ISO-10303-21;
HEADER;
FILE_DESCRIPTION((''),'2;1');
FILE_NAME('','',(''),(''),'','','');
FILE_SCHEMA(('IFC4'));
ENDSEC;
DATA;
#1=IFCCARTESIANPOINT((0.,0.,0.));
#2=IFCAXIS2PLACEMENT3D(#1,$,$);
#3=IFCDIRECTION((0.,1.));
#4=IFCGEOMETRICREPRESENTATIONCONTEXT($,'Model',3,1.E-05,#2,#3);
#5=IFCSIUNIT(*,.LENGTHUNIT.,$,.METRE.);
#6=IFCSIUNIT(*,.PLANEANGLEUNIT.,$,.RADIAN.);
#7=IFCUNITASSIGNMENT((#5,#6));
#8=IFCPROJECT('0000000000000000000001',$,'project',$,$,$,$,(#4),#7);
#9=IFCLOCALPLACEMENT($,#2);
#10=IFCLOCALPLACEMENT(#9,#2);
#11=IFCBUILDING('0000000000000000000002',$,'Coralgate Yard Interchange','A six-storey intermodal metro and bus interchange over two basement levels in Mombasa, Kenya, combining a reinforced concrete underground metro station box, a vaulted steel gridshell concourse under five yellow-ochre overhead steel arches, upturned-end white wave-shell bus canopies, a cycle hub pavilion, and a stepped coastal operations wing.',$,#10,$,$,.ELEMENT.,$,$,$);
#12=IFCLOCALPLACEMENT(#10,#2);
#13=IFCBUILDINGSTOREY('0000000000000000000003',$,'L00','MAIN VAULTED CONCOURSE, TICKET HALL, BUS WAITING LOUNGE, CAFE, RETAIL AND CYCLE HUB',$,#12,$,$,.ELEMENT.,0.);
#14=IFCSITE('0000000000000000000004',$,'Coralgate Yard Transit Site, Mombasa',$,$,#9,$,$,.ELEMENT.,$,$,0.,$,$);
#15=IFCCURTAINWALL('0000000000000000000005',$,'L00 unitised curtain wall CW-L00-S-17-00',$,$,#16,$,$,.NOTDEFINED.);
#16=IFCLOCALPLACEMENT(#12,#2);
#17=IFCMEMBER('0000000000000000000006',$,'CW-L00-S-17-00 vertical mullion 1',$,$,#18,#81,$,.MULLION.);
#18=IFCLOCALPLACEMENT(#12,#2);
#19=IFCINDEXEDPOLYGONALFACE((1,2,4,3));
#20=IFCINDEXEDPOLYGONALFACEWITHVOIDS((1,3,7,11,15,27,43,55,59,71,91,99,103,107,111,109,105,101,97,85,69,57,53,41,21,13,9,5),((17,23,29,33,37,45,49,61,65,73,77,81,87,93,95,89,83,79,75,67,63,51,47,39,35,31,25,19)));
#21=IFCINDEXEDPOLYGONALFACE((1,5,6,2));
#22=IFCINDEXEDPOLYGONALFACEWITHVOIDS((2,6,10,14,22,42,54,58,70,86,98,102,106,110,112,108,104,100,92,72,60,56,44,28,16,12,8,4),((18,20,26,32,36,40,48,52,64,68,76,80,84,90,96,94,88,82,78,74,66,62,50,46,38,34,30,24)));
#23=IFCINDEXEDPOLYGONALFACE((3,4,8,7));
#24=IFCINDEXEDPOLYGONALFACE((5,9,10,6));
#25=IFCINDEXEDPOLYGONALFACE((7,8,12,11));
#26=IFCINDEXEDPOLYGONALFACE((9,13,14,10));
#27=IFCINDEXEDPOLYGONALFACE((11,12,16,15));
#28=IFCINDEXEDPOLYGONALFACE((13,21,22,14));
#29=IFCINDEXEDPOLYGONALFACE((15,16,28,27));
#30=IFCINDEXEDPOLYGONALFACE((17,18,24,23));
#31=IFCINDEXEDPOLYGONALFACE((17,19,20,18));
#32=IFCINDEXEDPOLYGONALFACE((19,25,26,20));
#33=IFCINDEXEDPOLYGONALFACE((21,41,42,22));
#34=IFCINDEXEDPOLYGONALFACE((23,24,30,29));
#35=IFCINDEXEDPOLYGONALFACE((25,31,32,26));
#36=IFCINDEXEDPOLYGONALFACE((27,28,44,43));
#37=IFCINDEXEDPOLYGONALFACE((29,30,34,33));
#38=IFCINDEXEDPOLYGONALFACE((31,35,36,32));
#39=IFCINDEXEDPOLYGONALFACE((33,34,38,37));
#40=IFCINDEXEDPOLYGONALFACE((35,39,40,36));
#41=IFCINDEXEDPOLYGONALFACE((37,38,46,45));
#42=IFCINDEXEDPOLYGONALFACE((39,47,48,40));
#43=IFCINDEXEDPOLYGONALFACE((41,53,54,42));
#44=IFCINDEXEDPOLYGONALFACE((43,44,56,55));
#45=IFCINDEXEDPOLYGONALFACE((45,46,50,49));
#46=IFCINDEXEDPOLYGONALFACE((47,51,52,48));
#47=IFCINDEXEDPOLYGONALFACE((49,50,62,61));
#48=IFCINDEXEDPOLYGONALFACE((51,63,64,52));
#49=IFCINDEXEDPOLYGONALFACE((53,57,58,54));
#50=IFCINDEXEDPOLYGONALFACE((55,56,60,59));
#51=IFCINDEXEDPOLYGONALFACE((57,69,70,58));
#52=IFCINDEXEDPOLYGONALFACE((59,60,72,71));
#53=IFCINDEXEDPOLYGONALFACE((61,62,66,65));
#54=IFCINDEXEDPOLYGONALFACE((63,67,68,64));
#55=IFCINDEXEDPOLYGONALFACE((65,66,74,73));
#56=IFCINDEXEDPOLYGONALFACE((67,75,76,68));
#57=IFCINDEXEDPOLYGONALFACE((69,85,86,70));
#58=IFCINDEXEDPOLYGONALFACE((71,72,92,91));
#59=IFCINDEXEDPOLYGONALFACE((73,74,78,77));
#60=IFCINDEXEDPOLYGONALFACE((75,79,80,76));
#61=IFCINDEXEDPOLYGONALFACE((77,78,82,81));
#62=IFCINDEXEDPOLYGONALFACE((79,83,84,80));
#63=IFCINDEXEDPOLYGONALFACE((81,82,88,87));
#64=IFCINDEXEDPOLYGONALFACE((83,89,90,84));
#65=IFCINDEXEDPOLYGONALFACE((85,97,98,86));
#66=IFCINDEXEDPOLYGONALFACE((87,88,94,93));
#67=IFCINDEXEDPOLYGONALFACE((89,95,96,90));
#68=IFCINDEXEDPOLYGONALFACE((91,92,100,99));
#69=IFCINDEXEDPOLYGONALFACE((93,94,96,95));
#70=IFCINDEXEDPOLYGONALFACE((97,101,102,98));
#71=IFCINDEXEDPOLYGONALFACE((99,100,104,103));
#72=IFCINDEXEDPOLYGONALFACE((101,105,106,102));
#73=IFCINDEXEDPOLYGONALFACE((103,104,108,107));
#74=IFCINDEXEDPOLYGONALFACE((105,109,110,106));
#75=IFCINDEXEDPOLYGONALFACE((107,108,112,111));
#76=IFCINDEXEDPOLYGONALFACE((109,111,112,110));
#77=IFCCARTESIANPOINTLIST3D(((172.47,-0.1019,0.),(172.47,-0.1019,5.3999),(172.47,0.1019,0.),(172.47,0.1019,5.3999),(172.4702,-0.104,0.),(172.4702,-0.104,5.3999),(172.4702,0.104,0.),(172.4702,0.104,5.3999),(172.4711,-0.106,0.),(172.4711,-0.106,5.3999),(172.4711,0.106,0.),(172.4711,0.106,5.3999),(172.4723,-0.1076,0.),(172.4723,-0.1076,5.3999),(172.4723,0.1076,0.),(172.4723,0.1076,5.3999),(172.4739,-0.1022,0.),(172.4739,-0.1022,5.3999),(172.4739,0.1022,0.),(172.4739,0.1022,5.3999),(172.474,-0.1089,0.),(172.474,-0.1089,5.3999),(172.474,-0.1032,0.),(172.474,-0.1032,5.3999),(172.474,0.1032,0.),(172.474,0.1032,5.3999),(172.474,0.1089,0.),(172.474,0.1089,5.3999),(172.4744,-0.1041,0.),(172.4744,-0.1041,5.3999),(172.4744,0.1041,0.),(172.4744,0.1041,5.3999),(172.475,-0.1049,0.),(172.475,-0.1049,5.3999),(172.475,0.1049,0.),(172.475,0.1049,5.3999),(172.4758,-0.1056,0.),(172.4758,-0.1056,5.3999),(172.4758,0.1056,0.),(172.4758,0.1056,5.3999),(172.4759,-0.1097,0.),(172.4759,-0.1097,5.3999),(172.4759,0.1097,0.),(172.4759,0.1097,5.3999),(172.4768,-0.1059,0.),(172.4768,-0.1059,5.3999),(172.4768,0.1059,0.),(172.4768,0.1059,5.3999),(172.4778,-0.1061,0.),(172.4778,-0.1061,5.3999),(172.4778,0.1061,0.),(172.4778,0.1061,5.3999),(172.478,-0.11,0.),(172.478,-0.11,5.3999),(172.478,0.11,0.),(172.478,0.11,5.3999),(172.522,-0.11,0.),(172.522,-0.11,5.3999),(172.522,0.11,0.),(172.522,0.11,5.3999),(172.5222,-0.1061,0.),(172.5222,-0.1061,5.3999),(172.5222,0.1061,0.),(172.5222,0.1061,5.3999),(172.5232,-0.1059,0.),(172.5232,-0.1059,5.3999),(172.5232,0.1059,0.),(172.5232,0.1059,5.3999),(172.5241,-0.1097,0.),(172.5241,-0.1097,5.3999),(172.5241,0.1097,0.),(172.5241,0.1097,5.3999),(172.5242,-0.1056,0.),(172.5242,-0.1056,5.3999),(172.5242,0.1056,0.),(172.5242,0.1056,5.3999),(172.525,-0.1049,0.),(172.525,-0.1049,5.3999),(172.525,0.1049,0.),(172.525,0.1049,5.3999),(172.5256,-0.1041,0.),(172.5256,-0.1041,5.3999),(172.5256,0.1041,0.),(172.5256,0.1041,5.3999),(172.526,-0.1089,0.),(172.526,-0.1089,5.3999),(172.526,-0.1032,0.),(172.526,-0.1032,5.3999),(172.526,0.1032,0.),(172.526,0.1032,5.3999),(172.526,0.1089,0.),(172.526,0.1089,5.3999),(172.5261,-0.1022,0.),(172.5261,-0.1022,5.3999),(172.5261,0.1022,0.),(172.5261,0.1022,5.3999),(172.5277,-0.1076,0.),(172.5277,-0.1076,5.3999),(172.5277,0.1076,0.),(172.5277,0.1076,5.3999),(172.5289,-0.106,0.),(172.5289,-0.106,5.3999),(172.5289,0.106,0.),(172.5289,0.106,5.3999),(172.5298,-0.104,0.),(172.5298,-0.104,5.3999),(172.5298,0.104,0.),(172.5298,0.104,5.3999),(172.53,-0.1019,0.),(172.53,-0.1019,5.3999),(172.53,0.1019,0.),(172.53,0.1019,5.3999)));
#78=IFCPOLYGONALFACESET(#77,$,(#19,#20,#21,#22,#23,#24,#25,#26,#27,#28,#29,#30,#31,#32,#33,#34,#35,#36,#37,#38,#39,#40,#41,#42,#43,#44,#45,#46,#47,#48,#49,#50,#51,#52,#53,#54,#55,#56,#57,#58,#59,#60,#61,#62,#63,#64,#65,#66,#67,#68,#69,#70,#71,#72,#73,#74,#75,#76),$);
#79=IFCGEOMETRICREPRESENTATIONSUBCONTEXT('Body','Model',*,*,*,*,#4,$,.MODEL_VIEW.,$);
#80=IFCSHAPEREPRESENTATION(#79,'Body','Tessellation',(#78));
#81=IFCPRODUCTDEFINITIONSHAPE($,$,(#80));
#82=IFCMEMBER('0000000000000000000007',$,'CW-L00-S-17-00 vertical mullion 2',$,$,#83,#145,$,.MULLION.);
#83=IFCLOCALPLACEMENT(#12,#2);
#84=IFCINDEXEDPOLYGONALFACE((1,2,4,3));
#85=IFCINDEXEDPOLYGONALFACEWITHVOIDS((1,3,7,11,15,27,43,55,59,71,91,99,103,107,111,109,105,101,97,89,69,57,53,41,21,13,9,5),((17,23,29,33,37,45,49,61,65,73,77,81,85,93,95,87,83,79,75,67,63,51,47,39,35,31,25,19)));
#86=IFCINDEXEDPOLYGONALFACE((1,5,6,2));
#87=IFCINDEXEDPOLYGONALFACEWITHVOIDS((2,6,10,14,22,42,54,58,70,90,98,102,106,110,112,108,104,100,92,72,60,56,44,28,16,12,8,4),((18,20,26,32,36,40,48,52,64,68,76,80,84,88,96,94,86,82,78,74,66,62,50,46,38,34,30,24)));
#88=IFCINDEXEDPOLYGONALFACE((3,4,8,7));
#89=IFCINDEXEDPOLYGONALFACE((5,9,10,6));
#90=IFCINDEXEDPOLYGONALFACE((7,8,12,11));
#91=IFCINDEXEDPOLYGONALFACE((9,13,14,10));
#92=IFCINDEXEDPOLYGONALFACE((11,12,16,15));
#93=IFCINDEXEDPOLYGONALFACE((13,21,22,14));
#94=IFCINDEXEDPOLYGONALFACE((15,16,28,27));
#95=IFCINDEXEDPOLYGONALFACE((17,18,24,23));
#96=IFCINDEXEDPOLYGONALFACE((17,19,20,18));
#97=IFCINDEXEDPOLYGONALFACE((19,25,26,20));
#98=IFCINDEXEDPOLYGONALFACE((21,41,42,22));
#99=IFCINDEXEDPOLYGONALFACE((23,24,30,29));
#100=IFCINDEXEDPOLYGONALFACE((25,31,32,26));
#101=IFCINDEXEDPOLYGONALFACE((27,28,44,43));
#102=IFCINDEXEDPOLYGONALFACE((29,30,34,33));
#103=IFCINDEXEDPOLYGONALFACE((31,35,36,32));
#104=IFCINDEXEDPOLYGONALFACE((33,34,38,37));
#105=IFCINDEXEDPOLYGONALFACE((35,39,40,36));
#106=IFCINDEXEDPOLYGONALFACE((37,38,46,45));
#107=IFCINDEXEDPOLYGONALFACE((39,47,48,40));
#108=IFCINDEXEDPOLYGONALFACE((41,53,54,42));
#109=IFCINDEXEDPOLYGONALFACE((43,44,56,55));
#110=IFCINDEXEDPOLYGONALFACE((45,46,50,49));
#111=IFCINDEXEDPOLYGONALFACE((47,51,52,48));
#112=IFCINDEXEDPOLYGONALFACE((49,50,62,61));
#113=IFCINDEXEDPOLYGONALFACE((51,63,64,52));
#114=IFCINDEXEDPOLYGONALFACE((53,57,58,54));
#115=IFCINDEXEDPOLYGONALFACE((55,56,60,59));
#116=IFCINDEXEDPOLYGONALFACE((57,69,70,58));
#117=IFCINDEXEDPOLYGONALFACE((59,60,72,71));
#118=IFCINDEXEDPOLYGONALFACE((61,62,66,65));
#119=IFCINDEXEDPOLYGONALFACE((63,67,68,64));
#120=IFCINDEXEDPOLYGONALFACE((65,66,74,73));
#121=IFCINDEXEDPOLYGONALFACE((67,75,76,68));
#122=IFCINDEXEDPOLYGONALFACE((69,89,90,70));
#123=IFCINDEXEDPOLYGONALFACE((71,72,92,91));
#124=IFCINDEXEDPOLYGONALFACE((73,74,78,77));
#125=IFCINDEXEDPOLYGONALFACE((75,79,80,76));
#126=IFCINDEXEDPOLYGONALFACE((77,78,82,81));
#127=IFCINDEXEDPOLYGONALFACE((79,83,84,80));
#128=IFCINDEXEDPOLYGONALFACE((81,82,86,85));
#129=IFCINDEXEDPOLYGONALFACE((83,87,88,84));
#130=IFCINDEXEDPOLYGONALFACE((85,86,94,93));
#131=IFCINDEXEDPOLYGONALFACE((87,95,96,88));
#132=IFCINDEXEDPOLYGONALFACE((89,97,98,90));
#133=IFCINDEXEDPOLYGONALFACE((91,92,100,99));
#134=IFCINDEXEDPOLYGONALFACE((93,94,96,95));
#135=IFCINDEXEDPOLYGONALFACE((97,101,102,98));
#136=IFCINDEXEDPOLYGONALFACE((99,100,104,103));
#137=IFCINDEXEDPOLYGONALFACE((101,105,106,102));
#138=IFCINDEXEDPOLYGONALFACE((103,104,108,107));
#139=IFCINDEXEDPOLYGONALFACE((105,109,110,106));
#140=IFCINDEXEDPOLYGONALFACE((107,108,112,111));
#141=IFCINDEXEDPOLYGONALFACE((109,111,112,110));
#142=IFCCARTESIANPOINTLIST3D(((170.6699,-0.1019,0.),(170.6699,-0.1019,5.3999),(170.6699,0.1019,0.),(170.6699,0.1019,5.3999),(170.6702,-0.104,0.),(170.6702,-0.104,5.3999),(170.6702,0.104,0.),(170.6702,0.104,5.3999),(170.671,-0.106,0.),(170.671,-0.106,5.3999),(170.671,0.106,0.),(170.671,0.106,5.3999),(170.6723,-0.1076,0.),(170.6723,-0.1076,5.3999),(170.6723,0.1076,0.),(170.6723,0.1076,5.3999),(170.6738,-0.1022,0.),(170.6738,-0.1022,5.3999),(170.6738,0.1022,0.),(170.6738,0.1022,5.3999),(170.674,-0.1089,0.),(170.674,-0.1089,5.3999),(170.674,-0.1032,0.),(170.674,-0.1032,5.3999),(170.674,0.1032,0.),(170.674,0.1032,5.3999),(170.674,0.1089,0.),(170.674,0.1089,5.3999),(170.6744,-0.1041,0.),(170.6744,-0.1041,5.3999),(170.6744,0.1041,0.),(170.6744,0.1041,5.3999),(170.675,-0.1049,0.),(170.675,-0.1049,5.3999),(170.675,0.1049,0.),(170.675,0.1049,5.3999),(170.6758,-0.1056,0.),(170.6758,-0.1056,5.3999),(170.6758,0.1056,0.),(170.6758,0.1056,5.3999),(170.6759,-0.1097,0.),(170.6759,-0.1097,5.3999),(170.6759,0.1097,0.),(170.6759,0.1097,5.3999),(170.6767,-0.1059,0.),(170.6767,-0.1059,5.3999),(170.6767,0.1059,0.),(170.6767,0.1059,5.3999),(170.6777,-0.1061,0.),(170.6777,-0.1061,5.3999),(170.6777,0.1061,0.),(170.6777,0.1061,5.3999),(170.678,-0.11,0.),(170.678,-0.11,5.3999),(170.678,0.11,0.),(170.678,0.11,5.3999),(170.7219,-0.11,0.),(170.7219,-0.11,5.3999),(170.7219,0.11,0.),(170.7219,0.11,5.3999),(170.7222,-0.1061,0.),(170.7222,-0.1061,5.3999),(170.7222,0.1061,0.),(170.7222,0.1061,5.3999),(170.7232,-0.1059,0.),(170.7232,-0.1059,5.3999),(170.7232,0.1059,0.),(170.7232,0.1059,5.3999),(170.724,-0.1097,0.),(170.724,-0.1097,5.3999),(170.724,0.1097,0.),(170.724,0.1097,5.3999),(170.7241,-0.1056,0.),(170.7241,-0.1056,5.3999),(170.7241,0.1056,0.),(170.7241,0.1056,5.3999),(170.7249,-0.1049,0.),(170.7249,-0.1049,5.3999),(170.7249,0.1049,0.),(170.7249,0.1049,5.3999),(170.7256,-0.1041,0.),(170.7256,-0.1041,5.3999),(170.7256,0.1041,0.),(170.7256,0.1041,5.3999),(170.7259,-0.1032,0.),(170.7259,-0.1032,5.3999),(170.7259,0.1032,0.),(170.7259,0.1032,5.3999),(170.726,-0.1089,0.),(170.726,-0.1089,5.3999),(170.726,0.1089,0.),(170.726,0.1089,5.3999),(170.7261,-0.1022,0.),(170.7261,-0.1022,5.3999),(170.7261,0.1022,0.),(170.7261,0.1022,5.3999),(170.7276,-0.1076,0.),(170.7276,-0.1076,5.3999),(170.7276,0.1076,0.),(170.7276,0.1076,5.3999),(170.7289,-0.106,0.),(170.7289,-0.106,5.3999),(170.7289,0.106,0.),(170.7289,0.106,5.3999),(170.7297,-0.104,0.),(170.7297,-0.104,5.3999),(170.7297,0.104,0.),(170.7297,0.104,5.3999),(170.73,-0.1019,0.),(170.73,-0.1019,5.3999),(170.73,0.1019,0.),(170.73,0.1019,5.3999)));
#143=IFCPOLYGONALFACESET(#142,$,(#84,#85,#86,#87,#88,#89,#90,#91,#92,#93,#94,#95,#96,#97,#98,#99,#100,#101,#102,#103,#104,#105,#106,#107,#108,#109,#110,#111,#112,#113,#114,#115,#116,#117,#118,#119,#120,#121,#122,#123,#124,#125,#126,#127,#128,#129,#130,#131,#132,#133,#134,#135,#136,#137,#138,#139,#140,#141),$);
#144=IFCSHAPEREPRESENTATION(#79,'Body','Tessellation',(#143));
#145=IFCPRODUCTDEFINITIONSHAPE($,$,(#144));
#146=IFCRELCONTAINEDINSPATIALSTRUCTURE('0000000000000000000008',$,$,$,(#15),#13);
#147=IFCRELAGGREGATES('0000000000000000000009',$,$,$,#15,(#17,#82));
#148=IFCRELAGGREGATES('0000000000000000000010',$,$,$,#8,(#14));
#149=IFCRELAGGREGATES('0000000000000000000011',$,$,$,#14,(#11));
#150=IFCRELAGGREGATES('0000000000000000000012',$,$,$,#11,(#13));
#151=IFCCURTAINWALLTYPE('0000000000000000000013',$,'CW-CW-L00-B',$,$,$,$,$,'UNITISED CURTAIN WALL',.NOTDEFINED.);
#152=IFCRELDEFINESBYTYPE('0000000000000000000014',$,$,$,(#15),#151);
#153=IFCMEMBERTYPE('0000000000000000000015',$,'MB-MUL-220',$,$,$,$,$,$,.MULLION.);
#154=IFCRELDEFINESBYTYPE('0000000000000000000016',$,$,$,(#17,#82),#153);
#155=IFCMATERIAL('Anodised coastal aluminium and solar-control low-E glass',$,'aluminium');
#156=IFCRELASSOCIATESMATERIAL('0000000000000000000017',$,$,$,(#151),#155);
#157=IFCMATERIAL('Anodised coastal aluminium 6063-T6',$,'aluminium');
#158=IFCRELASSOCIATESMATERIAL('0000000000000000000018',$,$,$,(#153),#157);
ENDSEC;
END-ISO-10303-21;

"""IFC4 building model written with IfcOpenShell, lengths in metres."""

from ifc_helpers import new_model, si_unit, direction, frame, origin, origin_2d, place, context, subcontext, project, spatial, hollow_rectangle, extrude, material, material_profile, profile_set, type_object, element, aggregate, save


model = new_model("IFC4")

# Units and contexts
model_context = context("Model", 3, precision=1e-05, world=origin(), true_north=direction((0.0, 1.0)))
body_context = subcontext(model_context, "Body", "Model", "MODEL_VIEW")
ifc_project = project(units=[si_unit("LENGTHUNIT", "METRE"), si_unit("PLANEANGLEUNIT", "RADIAN")], contexts=[model_context])

# Site, building, storey
site_placement = place(None, origin())
site = spatial("IfcSite", under=ifc_project, at=site_placement, Name="Coralgate Yard Transit Site, Mombasa", CompositionType="ELEMENT", RefElevation=0.0)
building_placement = place(site_placement, origin())
building = spatial("IfcBuilding", under=site, at=building_placement, Name="Coralgate Yard Interchange", Description="A six-storey intermodal metro and bus interchange over two basement levels in Mombasa, Kenya, combining a reinforced concrete underground metro station box, a vaulted steel gridshell concourse under five yellow-ochre overhead steel arches, upturned-end white wave-shell bus canopies, a cycle hub pavilion, and a stepped coastal operations wing.", CompositionType="ELEMENT")
storey_placement = place(building_placement, origin())
storey = spatial("IfcBuildingStorey", under=building, at=storey_placement, Name="L00", Description="MAIN VAULTED CONCOURSE, TICKET HALL, BUS WAITING LOUNGE, CAFE, RETAIL AND CYCLE HUB", CompositionType="ELEMENT", Elevation=0.0)

# Curtain wall, members
ifc_material_1 = material(Name="Anodised coastal aluminium and solar-control low-E glass", Category="aluminium")
curtain_wall_type = type_object("IfcCurtainWallType", Name="CW-CW-L00-B", ElementType="UNITISED CURTAIN WALL", PredefinedType="NOTDEFINED", material=ifc_material_1)
curtain_wall_placement = place(storey_placement, origin())
curtain_wall = element("IfcCurtainWall", 1, at=curtain_wall_placement, inside=storey, type_object=curtain_wall_type, Name="L00 unitised curtain wall CW-L00-S-17-00", PredefinedType="NOTDEFINED")
ifc_material_2 = material(Name="Anodised coastal aluminium 6063-T6", Category="aluminium")
ifc_material_profile_1 = material_profile(ifc_material_2, hollow_rectangle(XDim=0.0601, YDim=0.22, WallThickness=0.0039, InnerFilletRadius=0.0039, OuterFilletRadius=0.0081, at=origin_2d()), Name="ALU 60x220x4")
ifc_profile_set_1 = profile_set([ifc_material_profile_1], Name="Anodised coastal aluminium 6063-T6")
member_type_1 = type_object("IfcMemberType", Name="MB-MUL-220", PredefinedType="MULLION", material=ifc_profile_set_1)
member_1_placement = place(storey_placement, frame((172.5, 0.0, 0.0), z_axis=(0.0, 0.0, 1.0), x_axis=(1.0, 0.0, 0.0)))
member_1 = element("IfcMember", 2, at=member_1_placement, type_object=member_type_1, Name="CW-L00-S-17-00 vertical mullion 1", PredefinedType="MULLION", context=body_context, shape_type="SweptSolid", body=[
    extrude(hollow_rectangle(XDim=0.0601, YDim=0.22, WallThickness=0.0039, InnerFilletRadius=0.0039, OuterFilletRadius=0.0081, at=origin_2d()), origin(), (0.0, 0.0, 1.0), 5.3999),
])
member_2_placement = place(storey_placement, frame((170.7, 0.0, 0.0), z_axis=(0.0, 0.0, 1.0), x_axis=(1.0, 0.0, 0.0)))
member_2 = element("IfcMember", 3, at=member_2_placement, type_object=member_type_1, Name="CW-L00-S-17-00 vertical mullion 2", PredefinedType="MULLION", context=body_context, shape_type="SweptSolid", body=[
    extrude(hollow_rectangle(XDim=0.0601, YDim=0.22, WallThickness=0.0039, InnerFilletRadius=0.0039, OuterFilletRadius=0.0081, at=origin_2d()), origin(), (0.0, 0.0, 1.0), 5.3999),
])
aggregate(curtain_wall, [member_1, member_2])

save(model, "model.ifc")
